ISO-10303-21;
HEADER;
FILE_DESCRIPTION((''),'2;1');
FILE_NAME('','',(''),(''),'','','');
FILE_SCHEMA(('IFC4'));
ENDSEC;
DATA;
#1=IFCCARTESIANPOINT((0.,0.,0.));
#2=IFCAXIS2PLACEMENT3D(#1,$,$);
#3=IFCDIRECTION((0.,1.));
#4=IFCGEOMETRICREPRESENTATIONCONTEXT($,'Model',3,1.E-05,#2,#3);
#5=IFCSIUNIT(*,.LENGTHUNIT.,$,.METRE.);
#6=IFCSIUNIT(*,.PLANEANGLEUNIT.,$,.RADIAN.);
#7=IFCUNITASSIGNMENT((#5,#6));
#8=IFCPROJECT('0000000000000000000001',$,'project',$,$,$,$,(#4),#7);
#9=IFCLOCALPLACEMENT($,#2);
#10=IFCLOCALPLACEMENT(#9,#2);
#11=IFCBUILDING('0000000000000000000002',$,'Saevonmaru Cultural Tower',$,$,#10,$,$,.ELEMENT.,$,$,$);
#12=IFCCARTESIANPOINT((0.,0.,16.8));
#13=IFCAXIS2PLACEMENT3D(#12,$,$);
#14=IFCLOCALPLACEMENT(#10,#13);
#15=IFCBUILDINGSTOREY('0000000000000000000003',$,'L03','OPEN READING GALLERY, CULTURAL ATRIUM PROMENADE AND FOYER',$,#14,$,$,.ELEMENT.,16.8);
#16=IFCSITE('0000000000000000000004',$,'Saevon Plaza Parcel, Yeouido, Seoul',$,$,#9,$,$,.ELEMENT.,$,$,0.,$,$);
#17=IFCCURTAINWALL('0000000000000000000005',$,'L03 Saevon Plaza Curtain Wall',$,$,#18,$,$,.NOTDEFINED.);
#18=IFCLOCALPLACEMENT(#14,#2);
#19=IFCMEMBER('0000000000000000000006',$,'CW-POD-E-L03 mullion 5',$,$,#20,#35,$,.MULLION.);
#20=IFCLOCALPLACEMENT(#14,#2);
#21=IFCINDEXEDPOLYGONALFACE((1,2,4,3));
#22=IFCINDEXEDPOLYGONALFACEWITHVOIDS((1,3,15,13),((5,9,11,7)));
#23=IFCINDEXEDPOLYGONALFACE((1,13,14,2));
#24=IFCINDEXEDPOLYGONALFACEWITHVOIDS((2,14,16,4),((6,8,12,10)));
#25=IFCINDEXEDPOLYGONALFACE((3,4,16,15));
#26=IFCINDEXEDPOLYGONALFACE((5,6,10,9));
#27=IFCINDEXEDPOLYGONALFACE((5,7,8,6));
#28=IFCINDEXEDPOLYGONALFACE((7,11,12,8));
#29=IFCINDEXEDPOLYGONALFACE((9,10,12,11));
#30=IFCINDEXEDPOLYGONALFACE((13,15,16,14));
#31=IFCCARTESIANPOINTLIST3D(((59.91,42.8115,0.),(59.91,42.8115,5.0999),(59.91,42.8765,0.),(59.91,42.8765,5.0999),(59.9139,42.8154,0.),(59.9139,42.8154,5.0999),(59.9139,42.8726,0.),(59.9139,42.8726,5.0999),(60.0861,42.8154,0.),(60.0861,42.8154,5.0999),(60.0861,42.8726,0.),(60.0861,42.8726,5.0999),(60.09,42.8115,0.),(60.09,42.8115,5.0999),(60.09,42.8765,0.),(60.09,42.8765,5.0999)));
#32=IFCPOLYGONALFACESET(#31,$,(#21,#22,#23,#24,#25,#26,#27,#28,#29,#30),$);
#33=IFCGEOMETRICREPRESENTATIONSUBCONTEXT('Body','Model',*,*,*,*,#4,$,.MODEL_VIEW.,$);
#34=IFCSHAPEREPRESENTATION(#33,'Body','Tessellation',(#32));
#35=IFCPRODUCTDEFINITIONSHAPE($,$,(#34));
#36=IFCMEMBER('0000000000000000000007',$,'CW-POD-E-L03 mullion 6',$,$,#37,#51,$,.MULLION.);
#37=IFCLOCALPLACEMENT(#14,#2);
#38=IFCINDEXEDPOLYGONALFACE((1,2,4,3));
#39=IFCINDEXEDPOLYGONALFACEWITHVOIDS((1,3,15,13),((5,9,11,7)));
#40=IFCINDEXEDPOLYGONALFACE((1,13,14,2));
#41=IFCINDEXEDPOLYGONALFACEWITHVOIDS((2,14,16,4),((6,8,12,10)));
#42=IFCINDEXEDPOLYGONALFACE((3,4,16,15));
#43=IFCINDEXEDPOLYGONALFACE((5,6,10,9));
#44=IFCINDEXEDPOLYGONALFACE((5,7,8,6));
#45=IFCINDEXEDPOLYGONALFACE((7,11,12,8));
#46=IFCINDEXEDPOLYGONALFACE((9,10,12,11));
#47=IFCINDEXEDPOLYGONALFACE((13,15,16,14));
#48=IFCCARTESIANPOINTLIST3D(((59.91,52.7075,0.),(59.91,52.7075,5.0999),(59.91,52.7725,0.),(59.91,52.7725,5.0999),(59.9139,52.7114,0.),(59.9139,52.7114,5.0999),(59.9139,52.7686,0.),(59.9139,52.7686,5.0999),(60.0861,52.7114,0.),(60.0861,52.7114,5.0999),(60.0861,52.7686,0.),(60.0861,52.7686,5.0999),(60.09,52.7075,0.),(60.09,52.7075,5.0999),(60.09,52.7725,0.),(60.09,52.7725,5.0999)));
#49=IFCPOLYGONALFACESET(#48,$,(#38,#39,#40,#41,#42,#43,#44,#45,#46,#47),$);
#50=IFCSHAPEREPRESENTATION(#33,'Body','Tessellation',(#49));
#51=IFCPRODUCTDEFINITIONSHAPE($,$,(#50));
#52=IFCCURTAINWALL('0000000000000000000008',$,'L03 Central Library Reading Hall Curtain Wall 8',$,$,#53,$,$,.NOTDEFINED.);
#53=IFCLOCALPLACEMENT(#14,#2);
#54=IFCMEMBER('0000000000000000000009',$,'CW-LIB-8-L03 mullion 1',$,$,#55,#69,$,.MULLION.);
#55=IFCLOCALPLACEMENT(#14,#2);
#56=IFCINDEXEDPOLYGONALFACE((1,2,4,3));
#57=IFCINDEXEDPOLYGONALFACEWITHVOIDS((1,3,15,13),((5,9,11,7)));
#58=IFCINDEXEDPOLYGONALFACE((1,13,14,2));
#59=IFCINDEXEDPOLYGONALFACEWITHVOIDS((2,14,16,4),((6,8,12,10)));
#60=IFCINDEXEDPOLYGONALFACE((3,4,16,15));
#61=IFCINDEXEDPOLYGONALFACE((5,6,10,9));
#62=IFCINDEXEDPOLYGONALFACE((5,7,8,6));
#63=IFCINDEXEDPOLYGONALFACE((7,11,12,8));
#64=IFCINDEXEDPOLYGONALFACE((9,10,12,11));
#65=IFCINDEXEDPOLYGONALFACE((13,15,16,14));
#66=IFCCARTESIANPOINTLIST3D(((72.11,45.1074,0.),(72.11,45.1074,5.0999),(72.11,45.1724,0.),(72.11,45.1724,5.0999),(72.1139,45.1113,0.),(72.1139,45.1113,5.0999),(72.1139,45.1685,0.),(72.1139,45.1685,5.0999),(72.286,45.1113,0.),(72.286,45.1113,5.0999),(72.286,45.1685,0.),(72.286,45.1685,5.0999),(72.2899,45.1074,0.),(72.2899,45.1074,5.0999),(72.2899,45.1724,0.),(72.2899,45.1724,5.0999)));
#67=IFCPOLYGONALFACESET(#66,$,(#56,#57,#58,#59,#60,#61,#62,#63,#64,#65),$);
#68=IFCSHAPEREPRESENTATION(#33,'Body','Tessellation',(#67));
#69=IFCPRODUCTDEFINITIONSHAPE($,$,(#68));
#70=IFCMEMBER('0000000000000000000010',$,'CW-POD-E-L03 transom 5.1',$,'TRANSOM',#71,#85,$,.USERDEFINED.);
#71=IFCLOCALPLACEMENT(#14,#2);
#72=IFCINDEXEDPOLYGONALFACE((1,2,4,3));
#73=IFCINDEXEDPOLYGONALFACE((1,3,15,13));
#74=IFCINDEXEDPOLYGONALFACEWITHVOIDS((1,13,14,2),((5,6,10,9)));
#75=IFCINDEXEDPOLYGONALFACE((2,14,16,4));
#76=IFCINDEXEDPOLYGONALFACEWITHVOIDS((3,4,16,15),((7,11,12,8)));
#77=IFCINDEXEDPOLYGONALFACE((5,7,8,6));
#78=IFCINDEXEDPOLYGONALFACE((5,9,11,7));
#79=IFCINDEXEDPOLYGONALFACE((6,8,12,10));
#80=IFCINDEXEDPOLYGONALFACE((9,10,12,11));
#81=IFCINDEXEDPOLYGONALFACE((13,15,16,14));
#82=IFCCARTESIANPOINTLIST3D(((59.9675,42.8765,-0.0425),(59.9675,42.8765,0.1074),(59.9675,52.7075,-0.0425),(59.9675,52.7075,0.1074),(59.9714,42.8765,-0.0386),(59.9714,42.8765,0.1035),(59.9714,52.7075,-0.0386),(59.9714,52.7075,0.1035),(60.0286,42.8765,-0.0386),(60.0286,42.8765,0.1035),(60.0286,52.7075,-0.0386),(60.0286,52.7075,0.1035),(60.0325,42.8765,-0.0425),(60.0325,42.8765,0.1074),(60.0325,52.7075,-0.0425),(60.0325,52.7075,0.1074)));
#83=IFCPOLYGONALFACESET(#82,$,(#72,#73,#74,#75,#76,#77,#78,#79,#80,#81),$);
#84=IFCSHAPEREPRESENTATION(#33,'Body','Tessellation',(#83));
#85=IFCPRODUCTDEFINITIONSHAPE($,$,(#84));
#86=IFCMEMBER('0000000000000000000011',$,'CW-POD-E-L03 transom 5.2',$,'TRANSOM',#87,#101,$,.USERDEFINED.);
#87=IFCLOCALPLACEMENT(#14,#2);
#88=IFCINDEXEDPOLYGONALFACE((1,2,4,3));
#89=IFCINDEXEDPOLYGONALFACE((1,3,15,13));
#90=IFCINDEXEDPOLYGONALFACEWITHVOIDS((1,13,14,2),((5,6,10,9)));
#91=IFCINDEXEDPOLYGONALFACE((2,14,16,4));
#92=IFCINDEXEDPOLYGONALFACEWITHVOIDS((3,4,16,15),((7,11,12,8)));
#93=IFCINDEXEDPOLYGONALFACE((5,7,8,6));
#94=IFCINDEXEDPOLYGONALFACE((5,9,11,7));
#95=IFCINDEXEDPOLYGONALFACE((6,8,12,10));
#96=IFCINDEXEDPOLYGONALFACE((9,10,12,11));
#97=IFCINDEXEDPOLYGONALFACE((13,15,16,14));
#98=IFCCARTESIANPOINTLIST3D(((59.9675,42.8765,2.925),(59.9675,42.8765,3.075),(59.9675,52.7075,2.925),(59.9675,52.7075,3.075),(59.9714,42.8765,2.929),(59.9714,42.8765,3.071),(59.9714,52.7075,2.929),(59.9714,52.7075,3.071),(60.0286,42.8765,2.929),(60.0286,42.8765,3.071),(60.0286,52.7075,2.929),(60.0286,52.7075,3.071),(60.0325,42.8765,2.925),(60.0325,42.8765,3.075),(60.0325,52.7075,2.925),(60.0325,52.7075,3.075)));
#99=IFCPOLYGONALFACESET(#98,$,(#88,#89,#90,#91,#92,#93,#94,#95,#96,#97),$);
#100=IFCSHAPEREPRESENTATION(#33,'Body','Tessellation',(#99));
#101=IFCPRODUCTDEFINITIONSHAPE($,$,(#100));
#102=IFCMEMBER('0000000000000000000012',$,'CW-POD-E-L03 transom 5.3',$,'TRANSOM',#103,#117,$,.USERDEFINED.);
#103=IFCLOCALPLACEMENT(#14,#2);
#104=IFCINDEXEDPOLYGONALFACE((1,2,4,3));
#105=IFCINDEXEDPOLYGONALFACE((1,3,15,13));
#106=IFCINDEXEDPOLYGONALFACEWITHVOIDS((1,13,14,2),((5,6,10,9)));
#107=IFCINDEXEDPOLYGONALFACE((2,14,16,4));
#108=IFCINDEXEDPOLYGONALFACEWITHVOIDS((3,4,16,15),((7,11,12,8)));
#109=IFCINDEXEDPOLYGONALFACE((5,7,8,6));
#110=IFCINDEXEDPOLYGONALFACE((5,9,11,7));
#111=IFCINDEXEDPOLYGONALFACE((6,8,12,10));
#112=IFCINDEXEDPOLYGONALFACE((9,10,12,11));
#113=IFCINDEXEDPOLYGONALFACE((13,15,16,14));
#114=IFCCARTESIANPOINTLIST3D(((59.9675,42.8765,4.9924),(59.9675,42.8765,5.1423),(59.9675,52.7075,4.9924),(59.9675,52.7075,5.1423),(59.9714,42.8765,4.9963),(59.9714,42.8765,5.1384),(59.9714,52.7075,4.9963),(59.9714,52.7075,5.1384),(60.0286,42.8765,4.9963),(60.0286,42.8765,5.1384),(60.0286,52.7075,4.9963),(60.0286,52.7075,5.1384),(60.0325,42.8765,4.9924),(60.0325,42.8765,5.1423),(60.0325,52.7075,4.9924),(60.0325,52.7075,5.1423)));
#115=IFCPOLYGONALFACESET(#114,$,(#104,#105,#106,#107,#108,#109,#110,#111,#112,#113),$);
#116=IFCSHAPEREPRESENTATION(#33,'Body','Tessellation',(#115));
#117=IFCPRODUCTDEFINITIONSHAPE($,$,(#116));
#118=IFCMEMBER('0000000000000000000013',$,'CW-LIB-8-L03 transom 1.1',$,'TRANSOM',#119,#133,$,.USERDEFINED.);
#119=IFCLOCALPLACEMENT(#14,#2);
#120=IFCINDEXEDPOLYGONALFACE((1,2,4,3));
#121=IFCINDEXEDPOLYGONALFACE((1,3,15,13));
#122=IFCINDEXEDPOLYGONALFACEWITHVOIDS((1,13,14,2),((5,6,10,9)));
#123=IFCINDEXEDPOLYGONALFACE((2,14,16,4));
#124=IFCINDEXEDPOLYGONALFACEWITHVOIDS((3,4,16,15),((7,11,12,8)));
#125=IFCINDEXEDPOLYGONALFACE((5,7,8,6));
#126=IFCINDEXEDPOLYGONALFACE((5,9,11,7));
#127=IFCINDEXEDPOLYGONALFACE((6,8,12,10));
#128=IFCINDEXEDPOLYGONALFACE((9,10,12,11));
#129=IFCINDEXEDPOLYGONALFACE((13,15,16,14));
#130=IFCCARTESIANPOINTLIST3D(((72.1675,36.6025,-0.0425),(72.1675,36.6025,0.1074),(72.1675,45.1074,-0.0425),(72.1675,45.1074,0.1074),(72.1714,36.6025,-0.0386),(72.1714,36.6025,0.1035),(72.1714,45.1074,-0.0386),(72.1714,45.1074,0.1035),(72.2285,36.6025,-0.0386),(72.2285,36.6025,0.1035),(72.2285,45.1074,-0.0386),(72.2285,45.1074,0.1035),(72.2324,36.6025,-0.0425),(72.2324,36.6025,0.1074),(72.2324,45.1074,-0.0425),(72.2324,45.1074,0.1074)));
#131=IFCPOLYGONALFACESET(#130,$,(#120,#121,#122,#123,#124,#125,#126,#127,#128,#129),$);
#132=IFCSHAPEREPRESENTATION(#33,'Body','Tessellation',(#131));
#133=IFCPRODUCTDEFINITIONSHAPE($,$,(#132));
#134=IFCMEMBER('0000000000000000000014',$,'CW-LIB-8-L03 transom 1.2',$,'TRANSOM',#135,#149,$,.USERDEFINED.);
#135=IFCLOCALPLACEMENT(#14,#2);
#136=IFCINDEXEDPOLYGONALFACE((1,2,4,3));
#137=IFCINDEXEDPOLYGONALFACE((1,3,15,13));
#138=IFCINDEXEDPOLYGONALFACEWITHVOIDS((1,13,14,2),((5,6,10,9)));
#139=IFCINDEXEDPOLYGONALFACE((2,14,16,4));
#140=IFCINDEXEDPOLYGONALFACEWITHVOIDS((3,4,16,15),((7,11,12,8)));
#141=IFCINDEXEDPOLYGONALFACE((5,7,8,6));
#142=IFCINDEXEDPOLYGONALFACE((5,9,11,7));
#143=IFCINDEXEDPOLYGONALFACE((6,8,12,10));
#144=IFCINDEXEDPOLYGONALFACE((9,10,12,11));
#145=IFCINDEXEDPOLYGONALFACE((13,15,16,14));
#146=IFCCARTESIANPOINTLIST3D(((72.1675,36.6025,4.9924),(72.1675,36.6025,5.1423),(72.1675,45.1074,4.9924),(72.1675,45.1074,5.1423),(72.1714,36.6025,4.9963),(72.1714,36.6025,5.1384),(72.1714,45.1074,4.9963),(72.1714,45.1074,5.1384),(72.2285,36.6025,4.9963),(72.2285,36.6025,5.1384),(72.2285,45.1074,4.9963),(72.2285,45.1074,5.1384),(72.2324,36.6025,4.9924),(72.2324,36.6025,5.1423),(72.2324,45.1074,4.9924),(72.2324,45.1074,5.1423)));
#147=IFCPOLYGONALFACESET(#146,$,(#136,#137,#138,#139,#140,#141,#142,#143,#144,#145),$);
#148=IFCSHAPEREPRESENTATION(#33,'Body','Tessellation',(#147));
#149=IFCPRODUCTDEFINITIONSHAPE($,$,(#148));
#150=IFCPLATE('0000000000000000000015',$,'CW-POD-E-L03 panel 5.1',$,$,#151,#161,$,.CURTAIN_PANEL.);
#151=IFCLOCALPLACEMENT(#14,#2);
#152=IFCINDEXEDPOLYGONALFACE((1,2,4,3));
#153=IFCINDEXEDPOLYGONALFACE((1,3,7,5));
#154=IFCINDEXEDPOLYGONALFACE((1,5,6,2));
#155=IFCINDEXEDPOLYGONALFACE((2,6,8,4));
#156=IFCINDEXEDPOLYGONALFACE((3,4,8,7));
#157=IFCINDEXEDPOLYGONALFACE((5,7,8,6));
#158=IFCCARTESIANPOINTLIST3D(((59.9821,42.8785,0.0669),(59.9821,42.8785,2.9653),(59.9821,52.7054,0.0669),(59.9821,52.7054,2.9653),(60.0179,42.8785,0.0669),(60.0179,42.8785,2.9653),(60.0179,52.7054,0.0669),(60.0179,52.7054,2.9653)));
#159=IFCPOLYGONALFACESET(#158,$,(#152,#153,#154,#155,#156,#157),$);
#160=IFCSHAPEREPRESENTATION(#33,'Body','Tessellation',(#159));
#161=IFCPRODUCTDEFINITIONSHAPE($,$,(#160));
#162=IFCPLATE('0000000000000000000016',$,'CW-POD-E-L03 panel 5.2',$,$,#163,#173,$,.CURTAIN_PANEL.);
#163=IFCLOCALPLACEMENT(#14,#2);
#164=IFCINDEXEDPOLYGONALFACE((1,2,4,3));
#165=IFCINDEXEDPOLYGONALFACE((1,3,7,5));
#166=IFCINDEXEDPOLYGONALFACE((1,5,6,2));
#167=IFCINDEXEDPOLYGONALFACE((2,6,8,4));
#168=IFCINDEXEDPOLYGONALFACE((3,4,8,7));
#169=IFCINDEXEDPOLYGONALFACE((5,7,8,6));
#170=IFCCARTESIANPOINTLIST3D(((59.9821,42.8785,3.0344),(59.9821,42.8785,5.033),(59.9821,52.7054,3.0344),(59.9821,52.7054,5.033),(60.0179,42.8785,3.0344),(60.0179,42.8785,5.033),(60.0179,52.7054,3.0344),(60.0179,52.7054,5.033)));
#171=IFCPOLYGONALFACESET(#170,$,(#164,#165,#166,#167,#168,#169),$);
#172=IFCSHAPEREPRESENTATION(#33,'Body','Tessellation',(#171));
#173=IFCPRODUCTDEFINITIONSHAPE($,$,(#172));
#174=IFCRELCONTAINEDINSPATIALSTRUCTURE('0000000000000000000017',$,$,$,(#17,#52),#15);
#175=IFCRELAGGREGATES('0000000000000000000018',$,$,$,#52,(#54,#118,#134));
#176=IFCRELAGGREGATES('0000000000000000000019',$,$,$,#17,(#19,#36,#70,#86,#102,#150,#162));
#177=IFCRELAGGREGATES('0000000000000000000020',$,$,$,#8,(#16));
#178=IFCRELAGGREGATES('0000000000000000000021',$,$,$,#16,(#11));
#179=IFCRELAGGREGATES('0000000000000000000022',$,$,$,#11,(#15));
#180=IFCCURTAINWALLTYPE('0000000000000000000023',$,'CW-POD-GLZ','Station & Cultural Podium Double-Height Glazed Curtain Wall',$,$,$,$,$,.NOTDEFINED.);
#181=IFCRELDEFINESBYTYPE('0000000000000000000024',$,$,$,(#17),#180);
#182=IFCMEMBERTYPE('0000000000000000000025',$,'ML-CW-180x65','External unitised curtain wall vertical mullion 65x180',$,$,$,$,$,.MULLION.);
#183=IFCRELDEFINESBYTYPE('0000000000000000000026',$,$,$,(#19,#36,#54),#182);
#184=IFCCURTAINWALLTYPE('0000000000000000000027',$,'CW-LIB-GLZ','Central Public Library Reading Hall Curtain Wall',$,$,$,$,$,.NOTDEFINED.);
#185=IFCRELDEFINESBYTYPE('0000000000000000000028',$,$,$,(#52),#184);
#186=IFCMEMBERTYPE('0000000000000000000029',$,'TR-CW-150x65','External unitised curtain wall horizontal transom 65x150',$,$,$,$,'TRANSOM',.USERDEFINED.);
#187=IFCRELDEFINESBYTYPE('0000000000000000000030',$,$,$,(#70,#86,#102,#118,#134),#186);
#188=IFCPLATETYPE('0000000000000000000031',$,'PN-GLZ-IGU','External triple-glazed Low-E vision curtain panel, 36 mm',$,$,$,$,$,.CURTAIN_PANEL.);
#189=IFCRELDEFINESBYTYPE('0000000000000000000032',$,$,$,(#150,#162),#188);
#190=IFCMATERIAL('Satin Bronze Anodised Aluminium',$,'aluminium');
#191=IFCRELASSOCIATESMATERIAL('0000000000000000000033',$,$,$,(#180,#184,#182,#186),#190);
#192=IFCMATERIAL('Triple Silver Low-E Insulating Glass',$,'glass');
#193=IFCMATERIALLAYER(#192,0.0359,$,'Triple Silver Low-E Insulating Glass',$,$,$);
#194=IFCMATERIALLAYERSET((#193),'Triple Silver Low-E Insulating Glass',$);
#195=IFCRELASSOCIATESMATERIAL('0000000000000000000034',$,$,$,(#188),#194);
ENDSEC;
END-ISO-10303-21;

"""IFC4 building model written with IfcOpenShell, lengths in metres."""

from ifc_helpers import new_model, si_unit, direction, frame, origin, origin_2d, place, context, subcontext, project, spatial, rectangle, hollow_rectangle, extrude, material, layer, layer_set, material_profile, profile_set, type_object, element, aggregate, save


model = new_model("IFC4")

# Units and contexts
model_context = context("Model", 3, precision=1e-05, world=origin(), true_north=direction((0.0, 1.0)))
body_context = subcontext(model_context, "Body", "Model", "MODEL_VIEW")
ifc_project = project(units=[si_unit("LENGTHUNIT", "METRE"), si_unit("PLANEANGLEUNIT", "RADIAN")], contexts=[model_context])

# Site, building, storey
site_placement = place(None, origin())
site = spatial("IfcSite", under=ifc_project, at=site_placement, Name="Saevon Plaza Parcel, Yeouido, Seoul", CompositionType="ELEMENT", RefElevation=0.0)
building_placement = place(site_placement, origin())
building = spatial("IfcBuilding", under=site, at=building_placement, Name="Saevonmaru Cultural Tower", CompositionType="ELEMENT")
storey_placement = place(building_placement, frame((0.0, 0.0, 16.8)))
storey = spatial("IfcBuildingStorey", under=building, at=storey_placement, Name="L03", Description="OPEN READING GALLERY, CULTURAL ATRIUM PROMENADE AND FOYER", CompositionType="ELEMENT", Elevation=16.8)

# Curtain wall, members
ifc_material_1 = material(Name="Satin Bronze Anodised Aluminium", Category="aluminium")
curtain_wall_type_1 = type_object("IfcCurtainWallType", Name="CW-POD-GLZ", Description="Station & Cultural Podium Double-Height Glazed Curtain Wall", PredefinedType="NOTDEFINED", material=ifc_material_1)
curtain_wall_1_placement = place(storey_placement, origin())
curtain_wall_1 = element("IfcCurtainWall", 1, at=curtain_wall_1_placement, inside=storey, type_object=curtain_wall_type_1, Name="L03 Saevon Plaza Curtain Wall", PredefinedType="NOTDEFINED")
ifc_material_profile_1 = material_profile(ifc_material_1, hollow_rectangle(XDim=0.0649, YDim=0.1799, WallThickness=0.0039, at=origin_2d()), Name="ALU-MULL-180x65x4")
ifc_profile_set_1 = profile_set([ifc_material_profile_1], Name="Satin Bronze Anodised Aluminium")
member_type_1 = type_object("IfcMemberType", Name="ML-CW-180x65", Description="External unitised curtain wall vertical mullion 65x180", PredefinedType="MULLION", material=ifc_profile_set_1)
member_1_placement = place(storey_placement, frame((60.0, 42.844, 0.0), z_axis=(0.0, 0.0, 1.0), x_axis=(0.0, 1.0, 0.0)))
member_1 = element("IfcMember", 2, at=member_1_placement, type_object=member_type_1, Name="CW-POD-E-L03 mullion 5", PredefinedType="MULLION", context=body_context, shape_type="SweptSolid", body=[
    extrude(hollow_rectangle(XDim=0.0649, YDim=0.1799, WallThickness=0.0039, at=origin_2d()), origin(), (0.0, 0.0, 1.0), 5.0999),
])
member_2_placement = place(storey_placement, frame((60.0, 52.74, 0.0), z_axis=(0.0, 0.0, 1.0), x_axis=(0.0, 1.0, 0.0)))
member_2 = element("IfcMember", 3, at=member_2_placement, type_object=member_type_1, Name="CW-POD-E-L03 mullion 6", PredefinedType="MULLION", context=body_context, shape_type="SweptSolid", body=[
    extrude(hollow_rectangle(XDim=0.0649, YDim=0.1799, WallThickness=0.0039, at=origin_2d()), origin(), (0.0, 0.0, 1.0), 5.0999),
])

# Curtain wall, member
curtain_wall_type_2 = type_object("IfcCurtainWallType", Name="CW-LIB-GLZ", Description="Central Public Library Reading Hall Curtain Wall", PredefinedType="NOTDEFINED", material=ifc_material_1)
curtain_wall_2_placement = place(storey_placement, origin())
curtain_wall_2 = element("IfcCurtainWall", 4, at=curtain_wall_2_placement, inside=storey, type_object=curtain_wall_type_2, Name="L03 Central Library Reading Hall Curtain Wall 8", PredefinedType="NOTDEFINED")
member_3_placement = place(storey_placement, frame((72.2, 45.1399, 0.0), z_axis=(0.0, 0.0, 1.0), x_axis=(0.0, -1.0, 0.0)))
member_3 = element("IfcMember", 5, at=member_3_placement, type_object=member_type_1, Name="CW-LIB-8-L03 mullion 1", PredefinedType="MULLION", context=body_context, shape_type="SweptSolid", body=[
    extrude(hollow_rectangle(XDim=0.0649, YDim=0.1799, WallThickness=0.0039, at=origin_2d()), origin(), (0.0, 0.0, 1.0), 5.0999),
])

# Members
ifc_material_profile_2 = material_profile(ifc_material_1, hollow_rectangle(XDim=0.0649, YDim=0.1499, WallThickness=0.0039, at=origin_2d()), Name="ALU-TRAN-150x65x4")
ifc_profile_set_2 = profile_set([ifc_material_profile_2], Name="Satin Bronze Anodised Aluminium")
member_type_2 = type_object("IfcMemberType", Name="TR-CW-150x65", Description="External unitised curtain wall horizontal transom 65x150", ElementType="TRANSOM", PredefinedType="USERDEFINED", material=ifc_profile_set_2)
member_4_placement = place(storey_placement, frame((60.0, 42.8765, 0.0325), z_axis=(0.0, 1.0, 0.0), x_axis=(-1.0, 0.0, 0.0)))
member_4 = element("IfcMember", 6, at=member_4_placement, type_object=member_type_2, Name="CW-POD-E-L03 transom 5.1", ObjectType="TRANSOM", PredefinedType="USERDEFINED", context=body_context, shape_type="SweptSolid", body=[
    extrude(hollow_rectangle(XDim=0.0649, YDim=0.1499, WallThickness=0.0039, at=origin_2d()), origin(), (0.0, 0.0, 1.0), 9.8311),
])
member_5_placement = place(storey_placement, frame((60.0, 42.8765, 3.0), z_axis=(0.0, 1.0, 0.0), x_axis=(-1.0, 0.0, 0.0)))
member_5 = element("IfcMember", 7, at=member_5_placement, type_object=member_type_2, Name="CW-POD-E-L03 transom 5.2", ObjectType="TRANSOM", PredefinedType="USERDEFINED", context=body_context, shape_type="SweptSolid", body=[
    extrude(hollow_rectangle(XDim=0.0649, YDim=0.1499, WallThickness=0.0039, at=origin_2d()), origin(), (0.0, 0.0, 1.0), 9.8311),
])
member_6_placement = place(storey_placement, frame((60.0, 42.8765, 5.0674), z_axis=(0.0, 1.0, 0.0), x_axis=(-1.0, 0.0, 0.0)))
member_6 = element("IfcMember", 8, at=member_6_placement, type_object=member_type_2, Name="CW-POD-E-L03 transom 5.3", ObjectType="TRANSOM", PredefinedType="USERDEFINED", context=body_context, shape_type="SweptSolid", body=[
    extrude(hollow_rectangle(XDim=0.0649, YDim=0.1499, WallThickness=0.0039, at=origin_2d()), origin(), (0.0, 0.0, 1.0), 9.8311),
])
member_7_placement = place(storey_placement, frame((72.2, 45.1074, 0.0325), z_axis=(0.0, -1.0, 0.0), x_axis=(1.0, 0.0, 0.0)))
member_7 = element("IfcMember", 9, at=member_7_placement, type_object=member_type_2, Name="CW-LIB-8-L03 transom 1.1", ObjectType="TRANSOM", PredefinedType="USERDEFINED", context=body_context, shape_type="SweptSolid", body=[
    extrude(hollow_rectangle(XDim=0.0649, YDim=0.1499, WallThickness=0.0039, at=origin_2d()), origin(), (0.0, 0.0, 1.0), 8.5049),
])
member_8_placement = place(storey_placement, frame((72.2, 45.1074, 5.0674), z_axis=(0.0, -1.0, 0.0), x_axis=(1.0, 0.0, 0.0)))
member_8 = element("IfcMember", 10, at=member_8_placement, type_object=member_type_2, Name="CW-LIB-8-L03 transom 1.2", ObjectType="TRANSOM", PredefinedType="USERDEFINED", context=body_context, shape_type="SweptSolid", body=[
    extrude(hollow_rectangle(XDim=0.0649, YDim=0.1499, WallThickness=0.0039, at=origin_2d()), origin(), (0.0, 0.0, 1.0), 8.5049),
])
aggregate(curtain_wall_2, [member_3, member_7, member_8])

# Plates
ifc_material_2 = material(Name="Triple Silver Low-E Insulating Glass", Category="glass")
ifc_layer_1 = layer(ifc_material_2, 0.0359, Name="Triple Silver Low-E Insulating Glass")
ifc_layer_set_1 = layer_set([ifc_layer_1], Name="Triple Silver Low-E Insulating Glass")
plate_type = type_object("IfcPlateType", Name="PN-GLZ-IGU", Description="External triple-glazed Low-E vision curtain panel, 36 mm", PredefinedType="CURTAIN_PANEL", material=ifc_layer_set_1)
plate_1_placement = place(storey_placement, frame((60.0, 47.792, 0.0669), z_axis=(0.0, 0.0, 1.0), x_axis=(0.0, 1.0, 0.0)))
plate_1 = element("IfcPlate", 11, at=plate_1_placement, type_object=plate_type, Name="CW-POD-E-L03 panel 5.1", PredefinedType="CURTAIN_PANEL", context=body_context, shape_type="SweptSolid", body=[
    extrude(rectangle(XDim=9.8269, YDim=0.0359, at=origin_2d()), origin(), (0.0, 0.0, 1.0), 2.8984),
])
plate_2_placement = place(storey_placement, frame((60.0, 47.792, 3.0344), z_axis=(0.0, 0.0, 1.0), x_axis=(0.0, 1.0, 0.0)))
plate_2 = element("IfcPlate", 12, at=plate_2_placement, type_object=plate_type, Name="CW-POD-E-L03 panel 5.2", PredefinedType="CURTAIN_PANEL", context=body_context, shape_type="SweptSolid", body=[
    extrude(rectangle(XDim=9.8269, YDim=0.0359, at=origin_2d()), origin(), (0.0, 0.0, 1.0), 1.9985),
])
aggregate(curtain_wall_1, [member_1, member_2, member_4, member_5, member_6, plate_1, plate_2])

save(model, "model.ifc")
